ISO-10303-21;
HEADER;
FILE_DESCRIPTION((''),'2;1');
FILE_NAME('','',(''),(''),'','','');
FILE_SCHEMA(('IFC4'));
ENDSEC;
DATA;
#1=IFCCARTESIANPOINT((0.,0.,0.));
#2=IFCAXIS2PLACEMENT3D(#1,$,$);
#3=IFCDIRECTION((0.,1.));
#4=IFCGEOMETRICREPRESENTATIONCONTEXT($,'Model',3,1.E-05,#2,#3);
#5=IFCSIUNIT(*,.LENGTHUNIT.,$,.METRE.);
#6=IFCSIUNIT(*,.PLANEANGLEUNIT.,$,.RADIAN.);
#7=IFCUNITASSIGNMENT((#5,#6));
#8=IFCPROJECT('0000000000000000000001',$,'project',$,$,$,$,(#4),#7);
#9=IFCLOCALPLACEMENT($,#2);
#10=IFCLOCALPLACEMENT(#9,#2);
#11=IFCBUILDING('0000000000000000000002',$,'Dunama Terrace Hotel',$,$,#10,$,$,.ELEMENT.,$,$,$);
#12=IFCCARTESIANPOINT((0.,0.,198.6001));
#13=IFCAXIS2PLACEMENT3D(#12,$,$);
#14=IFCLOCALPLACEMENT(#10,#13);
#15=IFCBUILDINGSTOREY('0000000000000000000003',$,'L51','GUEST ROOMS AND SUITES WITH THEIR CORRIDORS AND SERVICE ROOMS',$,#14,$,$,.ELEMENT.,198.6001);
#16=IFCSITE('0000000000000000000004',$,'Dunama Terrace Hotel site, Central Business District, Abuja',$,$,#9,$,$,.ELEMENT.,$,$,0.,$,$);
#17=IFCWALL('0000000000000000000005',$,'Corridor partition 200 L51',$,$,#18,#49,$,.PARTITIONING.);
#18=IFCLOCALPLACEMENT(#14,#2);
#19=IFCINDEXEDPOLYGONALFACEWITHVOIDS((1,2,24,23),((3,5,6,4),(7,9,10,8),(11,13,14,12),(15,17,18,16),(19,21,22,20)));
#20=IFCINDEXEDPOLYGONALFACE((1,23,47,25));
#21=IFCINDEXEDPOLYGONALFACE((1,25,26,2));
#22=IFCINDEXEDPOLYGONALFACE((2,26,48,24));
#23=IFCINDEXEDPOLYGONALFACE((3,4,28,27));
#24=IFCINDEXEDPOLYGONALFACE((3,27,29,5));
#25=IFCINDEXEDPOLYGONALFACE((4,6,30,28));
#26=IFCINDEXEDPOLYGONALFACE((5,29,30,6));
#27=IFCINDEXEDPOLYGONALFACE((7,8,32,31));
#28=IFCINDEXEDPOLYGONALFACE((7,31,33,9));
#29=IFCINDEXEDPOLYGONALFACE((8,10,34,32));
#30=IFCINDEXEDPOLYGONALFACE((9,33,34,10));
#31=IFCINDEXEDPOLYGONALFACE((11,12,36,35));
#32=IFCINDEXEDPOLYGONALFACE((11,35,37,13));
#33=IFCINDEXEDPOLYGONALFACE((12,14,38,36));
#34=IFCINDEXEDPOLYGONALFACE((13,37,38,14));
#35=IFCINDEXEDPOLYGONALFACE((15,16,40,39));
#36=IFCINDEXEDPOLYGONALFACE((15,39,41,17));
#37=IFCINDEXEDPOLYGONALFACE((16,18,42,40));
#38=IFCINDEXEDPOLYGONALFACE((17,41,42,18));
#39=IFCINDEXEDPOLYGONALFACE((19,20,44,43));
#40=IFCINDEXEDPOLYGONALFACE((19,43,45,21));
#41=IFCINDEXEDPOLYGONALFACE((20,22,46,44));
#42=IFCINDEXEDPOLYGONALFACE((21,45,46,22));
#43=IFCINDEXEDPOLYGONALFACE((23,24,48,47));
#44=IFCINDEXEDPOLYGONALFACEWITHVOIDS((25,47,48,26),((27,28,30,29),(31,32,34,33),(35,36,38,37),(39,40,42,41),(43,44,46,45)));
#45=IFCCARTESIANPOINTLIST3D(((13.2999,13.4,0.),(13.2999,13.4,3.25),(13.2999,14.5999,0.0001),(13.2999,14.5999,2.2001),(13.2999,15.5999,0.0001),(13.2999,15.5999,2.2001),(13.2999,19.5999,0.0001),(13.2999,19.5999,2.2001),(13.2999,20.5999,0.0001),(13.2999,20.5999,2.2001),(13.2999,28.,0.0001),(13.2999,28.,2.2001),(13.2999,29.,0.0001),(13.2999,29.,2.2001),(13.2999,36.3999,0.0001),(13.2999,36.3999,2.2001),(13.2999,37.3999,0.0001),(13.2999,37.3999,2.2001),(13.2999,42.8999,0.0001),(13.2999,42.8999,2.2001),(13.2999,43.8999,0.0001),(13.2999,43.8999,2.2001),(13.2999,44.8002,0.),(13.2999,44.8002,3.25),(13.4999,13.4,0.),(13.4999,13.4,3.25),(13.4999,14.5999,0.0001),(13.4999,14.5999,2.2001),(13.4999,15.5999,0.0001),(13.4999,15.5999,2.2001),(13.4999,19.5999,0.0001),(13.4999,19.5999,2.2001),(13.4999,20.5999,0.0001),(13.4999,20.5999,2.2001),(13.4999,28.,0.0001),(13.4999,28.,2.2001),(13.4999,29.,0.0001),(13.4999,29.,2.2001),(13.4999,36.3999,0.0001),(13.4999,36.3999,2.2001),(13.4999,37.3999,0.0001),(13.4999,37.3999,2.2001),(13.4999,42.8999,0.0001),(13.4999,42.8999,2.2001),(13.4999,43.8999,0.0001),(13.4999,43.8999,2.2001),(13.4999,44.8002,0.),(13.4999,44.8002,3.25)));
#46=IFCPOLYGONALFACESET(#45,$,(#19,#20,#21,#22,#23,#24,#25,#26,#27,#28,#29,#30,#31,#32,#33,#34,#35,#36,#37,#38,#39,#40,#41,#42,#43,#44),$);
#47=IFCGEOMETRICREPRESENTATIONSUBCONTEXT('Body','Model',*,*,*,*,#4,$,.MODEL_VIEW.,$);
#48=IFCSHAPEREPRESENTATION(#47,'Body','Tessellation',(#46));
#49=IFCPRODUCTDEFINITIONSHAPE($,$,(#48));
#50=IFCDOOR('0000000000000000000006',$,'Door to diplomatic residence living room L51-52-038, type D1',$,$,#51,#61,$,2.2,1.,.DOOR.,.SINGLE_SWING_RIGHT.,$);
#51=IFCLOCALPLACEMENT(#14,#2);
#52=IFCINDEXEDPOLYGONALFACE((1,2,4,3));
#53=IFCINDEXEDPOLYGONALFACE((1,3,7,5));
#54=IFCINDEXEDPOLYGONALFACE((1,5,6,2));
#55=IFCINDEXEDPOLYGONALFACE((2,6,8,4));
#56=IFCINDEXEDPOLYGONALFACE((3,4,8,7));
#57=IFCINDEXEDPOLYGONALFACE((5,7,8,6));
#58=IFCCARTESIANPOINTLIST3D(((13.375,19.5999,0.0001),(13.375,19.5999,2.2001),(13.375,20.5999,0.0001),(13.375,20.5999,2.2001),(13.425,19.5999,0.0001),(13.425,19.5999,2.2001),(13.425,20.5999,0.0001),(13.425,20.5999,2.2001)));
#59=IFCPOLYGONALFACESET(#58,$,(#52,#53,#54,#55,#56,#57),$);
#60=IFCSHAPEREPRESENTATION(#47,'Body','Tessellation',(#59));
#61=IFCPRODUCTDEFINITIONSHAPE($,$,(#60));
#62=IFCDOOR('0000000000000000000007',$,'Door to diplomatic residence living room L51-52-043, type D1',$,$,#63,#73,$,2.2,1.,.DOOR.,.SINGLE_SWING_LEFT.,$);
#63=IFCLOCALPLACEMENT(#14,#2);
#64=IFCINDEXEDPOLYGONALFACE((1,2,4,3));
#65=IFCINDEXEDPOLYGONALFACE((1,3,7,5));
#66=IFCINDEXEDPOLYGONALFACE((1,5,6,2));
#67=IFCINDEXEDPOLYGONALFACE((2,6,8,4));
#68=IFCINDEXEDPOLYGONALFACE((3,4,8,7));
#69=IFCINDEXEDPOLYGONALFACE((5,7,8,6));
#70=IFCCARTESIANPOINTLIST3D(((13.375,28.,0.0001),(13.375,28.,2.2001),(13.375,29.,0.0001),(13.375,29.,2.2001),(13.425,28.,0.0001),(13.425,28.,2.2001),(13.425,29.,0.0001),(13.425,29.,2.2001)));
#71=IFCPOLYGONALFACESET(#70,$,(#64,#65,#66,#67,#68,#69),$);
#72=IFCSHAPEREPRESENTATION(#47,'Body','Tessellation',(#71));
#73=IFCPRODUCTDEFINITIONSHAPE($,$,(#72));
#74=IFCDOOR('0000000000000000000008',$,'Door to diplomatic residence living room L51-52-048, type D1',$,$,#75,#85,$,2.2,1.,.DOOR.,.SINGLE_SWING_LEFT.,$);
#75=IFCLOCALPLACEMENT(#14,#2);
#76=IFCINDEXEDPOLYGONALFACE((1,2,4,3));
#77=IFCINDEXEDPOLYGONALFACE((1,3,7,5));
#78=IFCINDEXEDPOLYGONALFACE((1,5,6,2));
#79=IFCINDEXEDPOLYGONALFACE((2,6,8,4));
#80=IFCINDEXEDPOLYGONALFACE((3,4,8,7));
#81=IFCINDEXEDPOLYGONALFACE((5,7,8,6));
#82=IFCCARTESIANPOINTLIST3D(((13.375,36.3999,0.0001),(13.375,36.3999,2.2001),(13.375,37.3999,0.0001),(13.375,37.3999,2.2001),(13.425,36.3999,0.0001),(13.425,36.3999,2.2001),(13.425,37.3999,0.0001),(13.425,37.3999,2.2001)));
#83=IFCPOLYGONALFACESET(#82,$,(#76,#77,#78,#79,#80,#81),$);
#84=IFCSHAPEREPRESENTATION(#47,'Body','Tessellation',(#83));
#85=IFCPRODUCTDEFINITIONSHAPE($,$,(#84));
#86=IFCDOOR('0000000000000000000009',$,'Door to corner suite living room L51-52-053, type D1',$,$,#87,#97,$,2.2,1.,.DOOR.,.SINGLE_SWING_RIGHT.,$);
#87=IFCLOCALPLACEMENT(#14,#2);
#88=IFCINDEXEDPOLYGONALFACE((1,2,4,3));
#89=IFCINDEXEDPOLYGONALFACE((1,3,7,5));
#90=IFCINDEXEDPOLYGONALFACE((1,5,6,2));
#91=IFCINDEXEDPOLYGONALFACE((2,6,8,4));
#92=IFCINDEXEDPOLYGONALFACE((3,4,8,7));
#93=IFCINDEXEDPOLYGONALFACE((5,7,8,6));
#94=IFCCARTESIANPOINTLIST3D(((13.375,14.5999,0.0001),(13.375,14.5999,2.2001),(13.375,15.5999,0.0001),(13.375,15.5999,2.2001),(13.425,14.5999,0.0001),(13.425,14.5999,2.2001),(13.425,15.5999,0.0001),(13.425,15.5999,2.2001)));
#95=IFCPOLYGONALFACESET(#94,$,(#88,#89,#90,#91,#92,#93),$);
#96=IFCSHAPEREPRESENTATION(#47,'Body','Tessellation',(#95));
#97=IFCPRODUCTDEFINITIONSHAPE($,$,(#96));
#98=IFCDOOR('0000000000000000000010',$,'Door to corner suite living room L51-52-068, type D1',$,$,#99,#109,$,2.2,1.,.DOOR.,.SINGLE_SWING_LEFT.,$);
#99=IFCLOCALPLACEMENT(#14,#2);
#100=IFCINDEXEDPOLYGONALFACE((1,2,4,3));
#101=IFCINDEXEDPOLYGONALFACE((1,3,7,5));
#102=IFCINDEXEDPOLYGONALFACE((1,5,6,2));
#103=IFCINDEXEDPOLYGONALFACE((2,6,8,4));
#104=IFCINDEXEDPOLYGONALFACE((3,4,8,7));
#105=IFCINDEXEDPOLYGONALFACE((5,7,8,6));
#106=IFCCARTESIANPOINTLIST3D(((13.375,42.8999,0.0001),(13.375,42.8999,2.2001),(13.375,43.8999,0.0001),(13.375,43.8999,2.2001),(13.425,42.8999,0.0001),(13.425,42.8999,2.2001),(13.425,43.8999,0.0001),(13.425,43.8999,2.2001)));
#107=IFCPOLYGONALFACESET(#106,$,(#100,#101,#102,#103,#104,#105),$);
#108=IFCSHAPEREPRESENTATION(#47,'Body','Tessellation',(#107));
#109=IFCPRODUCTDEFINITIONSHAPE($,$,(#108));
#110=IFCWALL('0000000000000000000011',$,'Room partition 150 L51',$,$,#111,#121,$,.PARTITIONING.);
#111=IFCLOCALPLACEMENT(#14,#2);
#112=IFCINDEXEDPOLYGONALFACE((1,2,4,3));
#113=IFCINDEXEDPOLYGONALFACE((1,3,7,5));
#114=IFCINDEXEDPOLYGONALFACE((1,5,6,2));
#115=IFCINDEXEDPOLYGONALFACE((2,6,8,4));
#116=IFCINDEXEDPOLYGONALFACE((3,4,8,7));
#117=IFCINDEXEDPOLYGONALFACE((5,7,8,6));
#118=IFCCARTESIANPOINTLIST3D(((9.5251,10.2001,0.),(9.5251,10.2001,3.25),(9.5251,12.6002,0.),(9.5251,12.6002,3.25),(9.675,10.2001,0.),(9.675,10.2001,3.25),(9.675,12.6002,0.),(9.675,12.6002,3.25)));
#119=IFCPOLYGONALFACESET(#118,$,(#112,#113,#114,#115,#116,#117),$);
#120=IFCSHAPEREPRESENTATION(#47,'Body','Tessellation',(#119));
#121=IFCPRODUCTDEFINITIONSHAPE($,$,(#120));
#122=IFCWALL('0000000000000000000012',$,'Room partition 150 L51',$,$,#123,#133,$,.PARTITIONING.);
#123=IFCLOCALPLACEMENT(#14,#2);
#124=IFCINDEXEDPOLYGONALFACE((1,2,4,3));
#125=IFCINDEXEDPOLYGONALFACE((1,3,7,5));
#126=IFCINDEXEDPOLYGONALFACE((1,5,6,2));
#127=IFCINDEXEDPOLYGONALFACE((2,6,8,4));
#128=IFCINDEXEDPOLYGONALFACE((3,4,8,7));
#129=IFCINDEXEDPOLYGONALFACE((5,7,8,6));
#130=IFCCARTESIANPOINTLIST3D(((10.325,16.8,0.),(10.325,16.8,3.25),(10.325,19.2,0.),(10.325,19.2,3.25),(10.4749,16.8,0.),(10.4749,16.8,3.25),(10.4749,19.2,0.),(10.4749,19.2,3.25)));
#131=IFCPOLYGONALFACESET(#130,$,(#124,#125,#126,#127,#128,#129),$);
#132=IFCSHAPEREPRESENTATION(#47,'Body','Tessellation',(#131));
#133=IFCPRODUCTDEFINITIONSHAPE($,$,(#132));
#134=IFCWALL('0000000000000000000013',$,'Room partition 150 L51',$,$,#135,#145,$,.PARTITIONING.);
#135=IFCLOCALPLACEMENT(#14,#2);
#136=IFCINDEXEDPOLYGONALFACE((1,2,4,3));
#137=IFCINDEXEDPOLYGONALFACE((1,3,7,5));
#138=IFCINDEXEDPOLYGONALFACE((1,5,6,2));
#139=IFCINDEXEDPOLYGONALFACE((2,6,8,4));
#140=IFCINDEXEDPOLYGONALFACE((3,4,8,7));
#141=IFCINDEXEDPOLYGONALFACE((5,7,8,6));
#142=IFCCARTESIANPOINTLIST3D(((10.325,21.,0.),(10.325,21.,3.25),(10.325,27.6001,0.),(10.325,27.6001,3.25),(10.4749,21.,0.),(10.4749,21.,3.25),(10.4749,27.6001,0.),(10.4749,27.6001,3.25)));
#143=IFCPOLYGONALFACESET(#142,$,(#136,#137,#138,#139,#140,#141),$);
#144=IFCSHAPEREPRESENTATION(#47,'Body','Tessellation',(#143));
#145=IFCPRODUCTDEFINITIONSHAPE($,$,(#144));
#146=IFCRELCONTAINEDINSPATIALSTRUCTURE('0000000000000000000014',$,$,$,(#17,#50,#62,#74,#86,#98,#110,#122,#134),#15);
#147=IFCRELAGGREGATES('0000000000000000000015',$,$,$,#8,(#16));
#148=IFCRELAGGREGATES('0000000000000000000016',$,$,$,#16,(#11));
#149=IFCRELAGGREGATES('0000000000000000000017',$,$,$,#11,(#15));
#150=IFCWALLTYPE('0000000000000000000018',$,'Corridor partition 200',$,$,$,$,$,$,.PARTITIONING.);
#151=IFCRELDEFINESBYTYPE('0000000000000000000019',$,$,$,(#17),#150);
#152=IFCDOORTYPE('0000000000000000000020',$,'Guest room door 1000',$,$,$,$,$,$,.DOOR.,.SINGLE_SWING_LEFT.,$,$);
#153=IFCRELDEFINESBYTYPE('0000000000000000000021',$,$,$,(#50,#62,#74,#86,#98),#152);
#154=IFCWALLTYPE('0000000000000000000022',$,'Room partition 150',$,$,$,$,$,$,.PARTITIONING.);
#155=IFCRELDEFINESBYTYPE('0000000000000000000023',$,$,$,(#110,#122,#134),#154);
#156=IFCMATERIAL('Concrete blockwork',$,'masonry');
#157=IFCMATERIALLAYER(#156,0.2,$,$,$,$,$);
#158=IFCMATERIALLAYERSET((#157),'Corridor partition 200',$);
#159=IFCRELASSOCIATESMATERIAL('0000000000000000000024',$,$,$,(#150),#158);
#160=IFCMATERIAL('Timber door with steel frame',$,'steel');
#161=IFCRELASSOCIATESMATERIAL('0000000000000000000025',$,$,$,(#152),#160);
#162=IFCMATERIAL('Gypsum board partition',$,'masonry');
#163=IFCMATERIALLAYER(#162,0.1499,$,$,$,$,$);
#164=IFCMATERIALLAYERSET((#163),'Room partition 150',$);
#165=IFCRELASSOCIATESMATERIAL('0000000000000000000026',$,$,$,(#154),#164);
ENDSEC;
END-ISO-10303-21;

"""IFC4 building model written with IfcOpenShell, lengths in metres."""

from ifc_helpers import new_model, si_unit, direction, frame, frame_2d, origin, place, context, subcontext, project, spatial, rectangle, extrude, material, layer, layer_set, type_object, element, fill, save


model = new_model("IFC4")

# Units and contexts
model_context = context("Model", 3, precision=1e-05, world=origin(), true_north=direction((0.0, 1.0)))
body_context = subcontext(model_context, "Body", "Model", "MODEL_VIEW")
ifc_project = project(units=[si_unit("LENGTHUNIT", "METRE"), si_unit("PLANEANGLEUNIT", "RADIAN")], contexts=[model_context])

# Site, building, storey
site_placement = place(None, origin())
site = spatial("IfcSite", under=ifc_project, at=site_placement, Name="Dunama Terrace Hotel site, Central Business District, Abuja", CompositionType="ELEMENT", RefElevation=0.0)
building_placement = place(site_placement, origin())
building = spatial("IfcBuilding", under=site, at=building_placement, Name="Dunama Terrace Hotel", CompositionType="ELEMENT")
storey_placement = place(building_placement, frame((0.0, 0.0, 198.6001)))
storey = spatial("IfcBuildingStorey", under=building, at=storey_placement, Name="L51", Description="GUEST ROOMS AND SUITES WITH THEIR CORRIDORS AND SERVICE ROOMS", CompositionType="ELEMENT", Elevation=198.6001)

# Wall, openings, doors
ifc_material_1 = material(Name="Concrete blockwork", Category="masonry")
ifc_layer_1 = layer(ifc_material_1, 0.2)
ifc_layer_set_1 = layer_set([ifc_layer_1], Name="Corridor partition 200")
wall_type_1 = type_object("IfcWallType", Name="Corridor partition 200", PredefinedType="PARTITIONING", material=ifc_layer_set_1)
wall_1_placement = place(storey_placement, frame((13.3999, 13.3999, 0.0), z_axis=(0.0, 0.0, 1.0), x_axis=(0.0, 1.0, 0.0)))
wall_1 = element("IfcWall", 1, at=wall_1_placement, inside=storey, type_object=wall_type_1, Name="Corridor partition 200 L51", PredefinedType="PARTITIONING", context=body_context, shape_type="SweptSolid", body=[
    extrude(rectangle(XDim=31.4001, YDim=0.2, at=frame_2d((15.7002, 0.0))), origin(), (0.0, 0.0, 1.0), 3.25),
])
opening_1_placement = place(wall_1_placement, frame((6.2, 0.0, 0.0)))
opening_1 = element("IfcOpeningElement", 2, at=opening_1_placement, cuts=wall_1, PredefinedType="OPENING", context=body_context, shape_type="SweptSolid", body=[
    extrude(rectangle(XDim=1.0, YDim=2.2, at=frame_2d((0.5, 1.1001))), frame((0.0, 0.1099, 0.0), z_axis=(0.0, -1.0, 0.0), x_axis=(1.0, 0.0, 0.0)), (0.0, 0.0, 1.0), 0.22),
])
opening_2_placement = place(wall_1_placement, frame((14.6001, 0.0, 0.0)))
opening_2 = element("IfcOpeningElement", 3, at=opening_2_placement, cuts=wall_1, PredefinedType="OPENING", context=body_context, shape_type="SweptSolid", body=[
    extrude(rectangle(XDim=1.0, YDim=2.2, at=frame_2d((0.5, 1.1001))), frame((0.0, 0.1099, 0.0), z_axis=(0.0, -1.0, 0.0), x_axis=(1.0, 0.0, 0.0)), (0.0, 0.0, 1.0), 0.22),
])
opening_3_placement = place(wall_1_placement, frame((23.0, 0.0, 0.0)))
opening_3 = element("IfcOpeningElement", 4, at=opening_3_placement, cuts=wall_1, PredefinedType="OPENING", context=body_context, shape_type="SweptSolid", body=[
    extrude(rectangle(XDim=1.0, YDim=2.2, at=frame_2d((0.5, 1.1001))), frame((0.0, 0.1099, 0.0), z_axis=(0.0, -1.0, 0.0), x_axis=(1.0, 0.0, 0.0)), (0.0, 0.0, 1.0), 0.22),
])
opening_4_placement = place(wall_1_placement, frame((1.2, 0.0, 0.0)))
opening_4 = element("IfcOpeningElement", 5, at=opening_4_placement, cuts=wall_1, PredefinedType="OPENING", context=body_context, shape_type="SweptSolid", body=[
    extrude(rectangle(XDim=1.0, YDim=2.2, at=frame_2d((0.5, 1.1001))), frame((0.0, 0.1099, 0.0), z_axis=(0.0, -1.0, 0.0), x_axis=(1.0, 0.0, 0.0)), (0.0, 0.0, 1.0), 0.22),
])
opening_5_placement = place(wall_1_placement, frame((29.5, 0.0, 0.0)))
opening_5 = element("IfcOpeningElement", 6, at=opening_5_placement, cuts=wall_1, PredefinedType="OPENING", context=body_context, shape_type="SweptSolid", body=[
    extrude(rectangle(XDim=1.0, YDim=2.2, at=frame_2d((0.5, 1.1001))), frame((0.0, 0.1099, 0.0), z_axis=(0.0, -1.0, 0.0), x_axis=(1.0, 0.0, 0.0)), (0.0, 0.0, 1.0), 0.22),
])
ifc_material_2 = material(Name="Timber door with steel frame", Category="steel")
door_type_1 = type_object("IfcDoorType", Name="Guest room door 1000", OperationType="SINGLE_SWING_LEFT", PredefinedType="DOOR", material=ifc_material_2)
door_1_placement = place(opening_1_placement, origin())
door_1 = element("IfcDoor", 7, at=door_1_placement, inside=storey, type_object=door_type_1, Name="Door to diplomatic residence living room L51-52-038, type D1", OperationType="SINGLE_SWING_RIGHT", OverallHeight=2.2, OverallWidth=1.0, PredefinedType="DOOR", context=body_context, shape_type="SweptSolid", body=[
    extrude(rectangle(XDim=1.0, YDim=2.2, at=frame_2d((0.5, 1.1001))), frame((0.0, 0.0249, 0.0), z_axis=(0.0, -1.0, 0.0), x_axis=(1.0, 0.0, 0.0)), (0.0, 0.0, 1.0), 0.05),
])
fill(opening_1, door_1)
door_2_placement = place(opening_2_placement, origin())
door_2 = element("IfcDoor", 8, at=door_2_placement, inside=storey, type_object=door_type_1, Name="Door to diplomatic residence living room L51-52-043, type D1", OperationType="SINGLE_SWING_LEFT", OverallHeight=2.2, OverallWidth=1.0, PredefinedType="DOOR", context=body_context, shape_type="SweptSolid", body=[
    extrude(rectangle(XDim=1.0, YDim=2.2, at=frame_2d((0.5, 1.1001))), frame((0.0, 0.0249, 0.0), z_axis=(0.0, -1.0, 0.0), x_axis=(1.0, 0.0, 0.0)), (0.0, 0.0, 1.0), 0.05),
])
fill(opening_2, door_2)
door_3_placement = place(opening_3_placement, origin())
door_3 = element("IfcDoor", 9, at=door_3_placement, inside=storey, type_object=door_type_1, Name="Door to diplomatic residence living room L51-52-048, type D1", OperationType="SINGLE_SWING_LEFT", OverallHeight=2.2, OverallWidth=1.0, PredefinedType="DOOR", context=body_context, shape_type="SweptSolid", body=[
    extrude(rectangle(XDim=1.0, YDim=2.2, at=frame_2d((0.5, 1.1001))), frame((0.0, 0.0249, 0.0), z_axis=(0.0, -1.0, 0.0), x_axis=(1.0, 0.0, 0.0)), (0.0, 0.0, 1.0), 0.05),
])
fill(opening_3, door_3)
door_4_placement = place(opening_4_placement, origin())
door_4 = element("IfcDoor", 10, at=door_4_placement, inside=storey, type_object=door_type_1, Name="Door to corner suite living room L51-52-053, type D1", OperationType="SINGLE_SWING_RIGHT", OverallHeight=2.2, OverallWidth=1.0, PredefinedType="DOOR", context=body_context, shape_type="SweptSolid", body=[
    extrude(rectangle(XDim=1.0, YDim=2.2, at=frame_2d((0.5, 1.1001))), frame((0.0, 0.0249, 0.0), z_axis=(0.0, -1.0, 0.0), x_axis=(1.0, 0.0, 0.0)), (0.0, 0.0, 1.0), 0.05),
])
fill(opening_4, door_4)
door_5_placement = place(opening_5_placement, origin())
door_5 = element("IfcDoor", 11, at=door_5_placement, inside=storey, type_object=door_type_1, Name="Door to corner suite living room L51-52-068, type D1", OperationType="SINGLE_SWING_LEFT", OverallHeight=2.2, OverallWidth=1.0, PredefinedType="DOOR", context=body_context, shape_type="SweptSolid", body=[
    extrude(rectangle(XDim=1.0, YDim=2.2, at=frame_2d((0.5, 1.1001))), frame((0.0, 0.0249, 0.0), z_axis=(0.0, -1.0, 0.0), x_axis=(1.0, 0.0, 0.0)), (0.0, 0.0, 1.0), 0.05),
])
fill(opening_5, door_5)

# Walls
ifc_material_3 = material(Name="Gypsum board partition", Category="masonry")
ifc_layer_2 = layer(ifc_material_3, 0.1499)
ifc_layer_set_2 = layer_set([ifc_layer_2], Name="Room partition 150")
wall_type_2 = type_object("IfcWallType", Name="Room partition 150", PredefinedType="PARTITIONING", material=ifc_layer_set_2)
wall_2_placement = place(storey_placement, frame((9.6001, 10.2, 0.0), z_axis=(0.0, 0.0, 1.0), x_axis=(0.0, 1.0, 0.0)))
element("IfcWall", 12, at=wall_2_placement, inside=storey, type_object=wall_type_2, Name="Room partition 150 L51", PredefinedType="PARTITIONING", context=body_context, shape_type="SweptSolid", body=[
    extrude(rectangle(XDim=2.4001, YDim=0.1499, at=frame_2d((1.2002, 0.0))), origin(), (0.0, 0.0, 1.0), 3.25),
])
wall_3_placement = place(storey_placement, frame((10.3999, 16.8, 0.0), z_axis=(0.0, 0.0, 1.0), x_axis=(0.0, 1.0, 0.0)))
element("IfcWall", 13, at=wall_3_placement, inside=storey, type_object=wall_type_2, Name="Room partition 150 L51", PredefinedType="PARTITIONING", context=body_context, shape_type="SweptSolid", body=[
    extrude(rectangle(XDim=2.3999, YDim=0.1499, at=frame_2d((1.2, 0.0))), origin(), (0.0, 0.0, 1.0), 3.25),
])
wall_4_placement = place(storey_placement, frame((10.3999, 21.0, 0.0), z_axis=(0.0, 0.0, 1.0), x_axis=(0.0, 1.0, 0.0)))
element("IfcWall", 14, at=wall_4_placement, inside=storey, type_object=wall_type_2, Name="Room partition 150 L51", PredefinedType="PARTITIONING", context=body_context, shape_type="SweptSolid", body=[
    extrude(rectangle(XDim=6.6001, YDim=0.1499, at=frame_2d((3.3, 0.0))), origin(), (0.0, 0.0, 1.0), 3.25),
])

save(model, "model.ifc")
